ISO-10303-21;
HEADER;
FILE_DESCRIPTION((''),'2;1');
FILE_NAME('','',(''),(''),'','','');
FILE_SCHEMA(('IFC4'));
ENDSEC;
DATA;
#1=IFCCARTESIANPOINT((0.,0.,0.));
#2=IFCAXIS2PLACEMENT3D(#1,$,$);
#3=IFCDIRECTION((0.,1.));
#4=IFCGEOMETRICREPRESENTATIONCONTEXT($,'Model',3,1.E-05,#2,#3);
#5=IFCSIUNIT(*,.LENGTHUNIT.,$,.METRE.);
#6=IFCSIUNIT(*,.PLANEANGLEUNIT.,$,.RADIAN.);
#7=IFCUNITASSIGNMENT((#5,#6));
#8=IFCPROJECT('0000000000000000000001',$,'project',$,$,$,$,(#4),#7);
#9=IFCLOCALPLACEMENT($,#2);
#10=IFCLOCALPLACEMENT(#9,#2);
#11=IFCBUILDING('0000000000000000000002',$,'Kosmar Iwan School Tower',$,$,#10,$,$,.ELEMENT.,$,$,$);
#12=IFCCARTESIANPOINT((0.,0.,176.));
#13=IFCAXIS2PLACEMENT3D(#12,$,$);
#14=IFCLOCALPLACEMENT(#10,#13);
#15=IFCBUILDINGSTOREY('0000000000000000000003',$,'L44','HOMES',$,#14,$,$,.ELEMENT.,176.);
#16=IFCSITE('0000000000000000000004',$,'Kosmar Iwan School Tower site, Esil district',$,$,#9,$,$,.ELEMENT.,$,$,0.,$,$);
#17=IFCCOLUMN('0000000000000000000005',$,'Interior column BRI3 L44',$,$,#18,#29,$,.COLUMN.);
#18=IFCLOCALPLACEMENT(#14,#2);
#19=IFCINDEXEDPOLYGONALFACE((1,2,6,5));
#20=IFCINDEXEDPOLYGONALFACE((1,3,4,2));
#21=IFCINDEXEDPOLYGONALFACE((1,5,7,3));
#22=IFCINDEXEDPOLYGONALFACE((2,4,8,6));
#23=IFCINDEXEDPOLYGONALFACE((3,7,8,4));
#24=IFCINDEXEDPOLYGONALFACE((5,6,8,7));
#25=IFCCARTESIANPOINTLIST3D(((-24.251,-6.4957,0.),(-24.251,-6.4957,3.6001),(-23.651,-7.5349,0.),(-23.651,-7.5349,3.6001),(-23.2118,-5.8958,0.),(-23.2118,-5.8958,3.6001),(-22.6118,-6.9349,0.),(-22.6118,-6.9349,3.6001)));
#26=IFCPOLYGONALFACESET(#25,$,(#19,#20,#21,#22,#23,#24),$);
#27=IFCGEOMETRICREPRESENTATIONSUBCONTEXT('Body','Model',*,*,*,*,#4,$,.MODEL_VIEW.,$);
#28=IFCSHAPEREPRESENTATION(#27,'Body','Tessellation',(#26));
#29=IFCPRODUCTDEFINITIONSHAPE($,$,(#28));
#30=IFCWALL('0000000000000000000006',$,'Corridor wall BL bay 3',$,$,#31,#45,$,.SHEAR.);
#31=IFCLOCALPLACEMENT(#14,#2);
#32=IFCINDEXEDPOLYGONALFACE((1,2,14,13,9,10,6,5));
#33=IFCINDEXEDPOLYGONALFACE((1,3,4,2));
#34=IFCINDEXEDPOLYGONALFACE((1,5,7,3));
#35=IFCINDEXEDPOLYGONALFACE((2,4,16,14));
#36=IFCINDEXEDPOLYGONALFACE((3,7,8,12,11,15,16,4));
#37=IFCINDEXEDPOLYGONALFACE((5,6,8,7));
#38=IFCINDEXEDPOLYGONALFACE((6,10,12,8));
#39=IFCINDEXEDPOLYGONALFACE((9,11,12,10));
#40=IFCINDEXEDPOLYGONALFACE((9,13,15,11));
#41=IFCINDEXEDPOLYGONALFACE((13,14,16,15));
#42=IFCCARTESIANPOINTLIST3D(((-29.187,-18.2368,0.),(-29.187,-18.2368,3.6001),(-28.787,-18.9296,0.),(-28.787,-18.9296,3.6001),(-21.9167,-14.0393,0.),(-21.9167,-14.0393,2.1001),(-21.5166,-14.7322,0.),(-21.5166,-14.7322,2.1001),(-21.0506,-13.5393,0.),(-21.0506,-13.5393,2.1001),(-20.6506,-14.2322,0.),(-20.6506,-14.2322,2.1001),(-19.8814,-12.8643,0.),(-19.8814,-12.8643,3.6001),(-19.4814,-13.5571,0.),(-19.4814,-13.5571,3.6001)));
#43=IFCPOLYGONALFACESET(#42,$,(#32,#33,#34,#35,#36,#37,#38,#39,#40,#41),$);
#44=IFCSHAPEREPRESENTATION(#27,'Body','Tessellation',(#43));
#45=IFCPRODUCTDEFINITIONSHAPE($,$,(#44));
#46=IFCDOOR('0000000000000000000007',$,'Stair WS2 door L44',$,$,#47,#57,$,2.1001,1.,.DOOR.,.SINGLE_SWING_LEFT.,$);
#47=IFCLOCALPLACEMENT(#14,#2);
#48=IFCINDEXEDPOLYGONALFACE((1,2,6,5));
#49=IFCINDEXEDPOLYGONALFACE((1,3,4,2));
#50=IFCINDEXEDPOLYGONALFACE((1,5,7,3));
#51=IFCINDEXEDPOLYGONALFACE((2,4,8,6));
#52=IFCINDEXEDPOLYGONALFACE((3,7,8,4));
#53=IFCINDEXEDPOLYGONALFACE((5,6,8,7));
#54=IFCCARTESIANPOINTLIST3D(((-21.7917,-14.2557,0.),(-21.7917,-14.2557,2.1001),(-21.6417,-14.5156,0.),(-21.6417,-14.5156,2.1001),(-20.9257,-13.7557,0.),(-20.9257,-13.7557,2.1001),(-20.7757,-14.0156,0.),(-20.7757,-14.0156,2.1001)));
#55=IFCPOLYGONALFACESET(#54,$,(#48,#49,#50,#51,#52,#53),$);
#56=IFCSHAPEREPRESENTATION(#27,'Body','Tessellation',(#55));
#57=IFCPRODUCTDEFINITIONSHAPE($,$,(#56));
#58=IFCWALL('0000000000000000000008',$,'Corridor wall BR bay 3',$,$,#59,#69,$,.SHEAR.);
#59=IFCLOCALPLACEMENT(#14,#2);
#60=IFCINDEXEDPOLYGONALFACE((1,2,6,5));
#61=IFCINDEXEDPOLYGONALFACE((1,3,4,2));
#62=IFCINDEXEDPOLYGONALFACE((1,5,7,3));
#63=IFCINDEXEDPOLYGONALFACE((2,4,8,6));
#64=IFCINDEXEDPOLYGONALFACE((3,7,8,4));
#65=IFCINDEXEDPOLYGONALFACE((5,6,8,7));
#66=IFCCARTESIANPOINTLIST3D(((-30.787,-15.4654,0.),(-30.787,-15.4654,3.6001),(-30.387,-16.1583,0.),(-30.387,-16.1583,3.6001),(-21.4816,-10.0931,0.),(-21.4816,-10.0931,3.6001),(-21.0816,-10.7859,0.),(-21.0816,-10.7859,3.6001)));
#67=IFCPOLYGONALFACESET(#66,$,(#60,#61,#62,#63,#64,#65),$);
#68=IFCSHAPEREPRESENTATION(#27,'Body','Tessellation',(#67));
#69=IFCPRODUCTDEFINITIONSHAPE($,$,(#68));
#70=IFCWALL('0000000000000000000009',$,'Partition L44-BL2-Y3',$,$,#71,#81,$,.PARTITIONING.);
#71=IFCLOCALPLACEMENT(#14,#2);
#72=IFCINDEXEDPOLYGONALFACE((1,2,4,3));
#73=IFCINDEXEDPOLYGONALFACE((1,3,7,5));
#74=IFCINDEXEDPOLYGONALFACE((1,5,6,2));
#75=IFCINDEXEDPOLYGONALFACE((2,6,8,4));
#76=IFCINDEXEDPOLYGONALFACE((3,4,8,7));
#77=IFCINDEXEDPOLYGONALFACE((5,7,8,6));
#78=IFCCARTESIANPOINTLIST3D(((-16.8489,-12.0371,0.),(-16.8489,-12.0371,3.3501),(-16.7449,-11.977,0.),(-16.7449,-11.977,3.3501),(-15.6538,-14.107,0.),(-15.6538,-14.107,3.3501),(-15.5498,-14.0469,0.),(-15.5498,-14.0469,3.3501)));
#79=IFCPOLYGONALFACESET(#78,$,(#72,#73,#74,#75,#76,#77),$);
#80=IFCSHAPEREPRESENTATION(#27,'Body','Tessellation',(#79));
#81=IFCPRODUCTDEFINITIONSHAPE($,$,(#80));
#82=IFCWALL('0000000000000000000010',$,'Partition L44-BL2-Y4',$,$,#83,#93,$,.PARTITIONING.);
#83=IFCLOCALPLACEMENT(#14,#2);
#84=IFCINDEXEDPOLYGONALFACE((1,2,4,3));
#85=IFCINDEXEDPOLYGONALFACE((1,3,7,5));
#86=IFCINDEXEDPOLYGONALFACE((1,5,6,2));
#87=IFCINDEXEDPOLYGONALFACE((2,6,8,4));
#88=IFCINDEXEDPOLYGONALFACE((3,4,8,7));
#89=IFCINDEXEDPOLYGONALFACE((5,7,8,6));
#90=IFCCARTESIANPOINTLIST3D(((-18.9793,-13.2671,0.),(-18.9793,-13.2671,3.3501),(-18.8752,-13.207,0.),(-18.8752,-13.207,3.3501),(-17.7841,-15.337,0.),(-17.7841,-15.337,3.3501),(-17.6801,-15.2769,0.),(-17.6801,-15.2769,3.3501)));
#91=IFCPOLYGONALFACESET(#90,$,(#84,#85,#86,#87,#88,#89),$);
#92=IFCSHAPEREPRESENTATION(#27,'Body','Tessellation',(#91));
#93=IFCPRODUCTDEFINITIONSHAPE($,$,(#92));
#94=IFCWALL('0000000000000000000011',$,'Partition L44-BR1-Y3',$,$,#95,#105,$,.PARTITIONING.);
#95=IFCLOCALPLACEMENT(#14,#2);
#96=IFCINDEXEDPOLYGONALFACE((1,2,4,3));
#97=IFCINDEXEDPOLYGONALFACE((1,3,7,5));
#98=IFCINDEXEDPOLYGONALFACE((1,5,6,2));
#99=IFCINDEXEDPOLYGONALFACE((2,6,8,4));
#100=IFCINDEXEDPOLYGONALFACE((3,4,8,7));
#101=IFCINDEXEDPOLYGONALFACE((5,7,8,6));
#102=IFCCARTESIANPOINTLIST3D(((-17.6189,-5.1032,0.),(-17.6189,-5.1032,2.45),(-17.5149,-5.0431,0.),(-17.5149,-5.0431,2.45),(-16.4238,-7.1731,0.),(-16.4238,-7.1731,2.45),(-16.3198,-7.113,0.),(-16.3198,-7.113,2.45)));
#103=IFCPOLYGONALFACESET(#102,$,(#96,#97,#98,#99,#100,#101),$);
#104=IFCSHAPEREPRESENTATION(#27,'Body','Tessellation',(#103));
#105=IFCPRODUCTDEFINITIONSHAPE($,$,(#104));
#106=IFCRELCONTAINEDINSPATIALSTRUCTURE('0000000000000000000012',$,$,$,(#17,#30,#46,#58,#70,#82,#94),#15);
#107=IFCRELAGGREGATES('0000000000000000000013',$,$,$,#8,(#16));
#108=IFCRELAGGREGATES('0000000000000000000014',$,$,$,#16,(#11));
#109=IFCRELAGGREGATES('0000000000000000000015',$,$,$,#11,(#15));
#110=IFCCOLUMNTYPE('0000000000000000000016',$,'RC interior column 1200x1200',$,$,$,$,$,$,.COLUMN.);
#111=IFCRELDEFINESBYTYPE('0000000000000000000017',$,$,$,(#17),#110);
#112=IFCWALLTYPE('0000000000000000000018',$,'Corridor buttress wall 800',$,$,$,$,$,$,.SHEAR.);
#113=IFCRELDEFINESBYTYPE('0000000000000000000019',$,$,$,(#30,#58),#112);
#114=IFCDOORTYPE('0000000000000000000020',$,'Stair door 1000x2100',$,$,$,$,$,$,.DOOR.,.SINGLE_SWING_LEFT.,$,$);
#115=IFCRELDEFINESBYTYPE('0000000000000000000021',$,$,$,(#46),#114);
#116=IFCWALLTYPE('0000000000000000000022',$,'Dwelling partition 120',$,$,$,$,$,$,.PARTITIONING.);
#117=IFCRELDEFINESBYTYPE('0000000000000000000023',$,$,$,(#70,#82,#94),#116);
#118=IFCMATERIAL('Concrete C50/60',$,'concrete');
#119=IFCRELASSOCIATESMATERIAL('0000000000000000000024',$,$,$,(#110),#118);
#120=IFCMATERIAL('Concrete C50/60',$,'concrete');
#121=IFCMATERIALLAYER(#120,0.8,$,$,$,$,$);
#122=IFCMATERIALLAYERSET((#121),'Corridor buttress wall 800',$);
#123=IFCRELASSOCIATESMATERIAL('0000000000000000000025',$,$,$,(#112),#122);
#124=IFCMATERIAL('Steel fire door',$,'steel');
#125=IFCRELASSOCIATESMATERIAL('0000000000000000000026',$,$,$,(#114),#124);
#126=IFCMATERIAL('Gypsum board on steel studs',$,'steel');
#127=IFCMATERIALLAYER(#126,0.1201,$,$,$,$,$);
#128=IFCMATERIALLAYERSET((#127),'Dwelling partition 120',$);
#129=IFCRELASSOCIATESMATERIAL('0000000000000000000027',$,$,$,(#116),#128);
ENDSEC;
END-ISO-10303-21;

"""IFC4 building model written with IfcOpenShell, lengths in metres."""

from ifc_helpers import new_model, si_unit, direction, frame, frame_2d, origin, origin_2d, place, context, subcontext, project, spatial, rectangle, extrude, material, layer, layer_set, material_profile, profile_set, type_object, element, fill, save


model = new_model("IFC4")

# Units and contexts
model_context = context("Model", 3, precision=1e-05, world=origin(), true_north=direction((0.0, 1.0)))
body_context = subcontext(model_context, "Body", "Model", "MODEL_VIEW")
ifc_project = project(units=[si_unit("LENGTHUNIT", "METRE"), si_unit("PLANEANGLEUNIT", "RADIAN")], contexts=[model_context])

# Site, building, storey
site_placement = place(None, origin())
site = spatial("IfcSite", under=ifc_project, at=site_placement, Name="Kosmar Iwan School Tower site, Esil district", CompositionType="ELEMENT", RefElevation=0.0)
building_placement = place(site_placement, origin())
building = spatial("IfcBuilding", under=site, at=building_placement, Name="Kosmar Iwan School Tower", CompositionType="ELEMENT")
storey_placement = place(building_placement, frame((0.0, 0.0, 176.0)))
storey = spatial("IfcBuildingStorey", under=building, at=storey_placement, Name="L44", Description="HOMES", CompositionType="ELEMENT", Elevation=176.0)

# Column
ifc_material_1 = material(Name="Concrete C50/60", Category="concrete")
ifc_material_profile = material_profile(ifc_material_1, rectangle(XDim=1.2, YDim=1.2, at=origin_2d()), Name="RC 1200x1200")
ifc_profile_set = profile_set([ifc_material_profile], Name="Concrete C50/60")
column_type = type_object("IfcColumnType", Name="RC interior column 1200x1200", PredefinedType="COLUMN", material=ifc_profile_set)
column_placement = place(storey_placement, frame((-23.4314, -6.7153, 0.0), z_axis=(0.0, 0.0, 1.0), x_axis=(-0.866025, -0.5, 0.0)))
element("IfcColumn", 1, at=column_placement, inside=storey, type_object=column_type, Name="Interior column BRI3 L44", PredefinedType="COLUMN", context=body_context, shape_type="SweptSolid", body=[
    extrude(rectangle(XDim=1.2, YDim=1.2, at=origin_2d()), origin(), (0.0, 0.0, 1.0), 3.6001),
])

# Wall, opening, door
ifc_material_2 = material(Name="Concrete C50/60", Category="concrete")
ifc_layer_1 = layer(ifc_material_2, 0.8)
ifc_layer_set_1 = layer_set([ifc_layer_1], Name="Corridor buttress wall 800")
wall_type_1 = type_object("IfcWallType", Name="Corridor buttress wall 800", PredefinedType="SHEAR", material=ifc_layer_set_1)
wall_1_placement = place(storey_placement, frame((-19.6814, -13.2107, 0.0), z_axis=(0.0, 0.0, 1.0), x_axis=(-0.866028, -0.499995, 0.0)))
wall_1 = element("IfcWall", 2, at=wall_1_placement, inside=storey, type_object=wall_type_1, Name="Corridor wall BL bay 3", PredefinedType="SHEAR", context=body_context, shape_type="SweptSolid", body=[
    extrude(rectangle(XDim=10.7451, YDim=0.8, at=frame_2d((5.3726, 0.0))), origin(), (0.0, 0.0, 1.0), 3.6001),
])
opening_1_placement = place(wall_1_placement, frame((1.3501, 0.0, 0.0)))
opening_1 = element("IfcOpeningElement", 3, at=opening_1_placement, cuts=wall_1, PredefinedType="OPENING", context=body_context, shape_type="SweptSolid", body=[
    extrude(rectangle(XDim=1.0, YDim=2.1001, at=frame_2d((0.5, 1.05))), frame((0.0, 0.4121, 0.0), z_axis=(0.0, -1.0, 0.0), x_axis=(1.0, 0.0, 0.0)), (0.0, 0.0, 1.0), 0.824),
])
ifc_material_3 = material(Name="Steel fire door", Category="steel")
door_type_1 = type_object("IfcDoorType", Name="Stair door 1000x2100", OperationType="SINGLE_SWING_LEFT", PredefinedType="DOOR", material=ifc_material_3)
door_1_placement = place(opening_1_placement, origin())
door_1 = element("IfcDoor", 4, at=door_1_placement, inside=storey, type_object=door_type_1, Name="Stair WS2 door L44", OperationType="SINGLE_SWING_LEFT", OverallHeight=2.1001, OverallWidth=1.0, PredefinedType="DOOR", context=body_context, shape_type="SweptSolid", body=[
    extrude(rectangle(XDim=1.0, YDim=2.1001, at=frame_2d((0.5, 1.05))), frame((0.0, 0.1499, 0.0), z_axis=(0.0, -1.0, 0.0), x_axis=(1.0, 0.0, 0.0)), (0.0, 0.0, 1.0), 0.3),
])
fill(opening_1, door_1)

# Walls
wall_2_placement = place(storey_placement, frame((-21.2815, -10.4395, 0.0), z_axis=(0.0, 0.0, 1.0), x_axis=(-0.866032, -0.499988, 0.0)))
element("IfcWall", 5, at=wall_2_placement, inside=storey, type_object=wall_type_1, Name="Corridor wall BR bay 3", PredefinedType="SHEAR", context=body_context, shape_type="SweptSolid", body=[
    extrude(rectangle(XDim=10.7449, YDim=0.8, at=frame_2d((5.3726, 0.0))), origin(), (0.0, 0.0, 1.0), 3.6001),
])
ifc_material_4 = material(Name="Gypsum board on steel studs", Category="steel")
ifc_layer_2 = layer(ifc_material_4, 0.1201)
ifc_layer_set_2 = layer_set([ifc_layer_2], Name="Dwelling partition 120")
wall_type_2 = type_object("IfcWallType", Name="Dwelling partition 120", PredefinedType="PARTITIONING", material=ifc_layer_set_2)
for number, where, z_axis, x_axis, name in (
    (6, (-16.7969, -12.0071, 0.0), (0.0, 0.0, 1.0), (0.500017, -0.866015, 0.0), "Partition L44-BL2-Y3"),
    (7, (-18.9272, -13.2371, 0.0), (0.0, 0.0, 1.0), (0.500017, -0.866015, 0.0), "Partition L44-BL2-Y4"),
):
    element("IfcWall", number, at=place(storey_placement, frame(where, z_axis=z_axis, x_axis=x_axis)), inside=storey, type_object=wall_type_2, Name=name, PredefinedType="PARTITIONING", context=body_context, shape_type="SweptSolid", body=[
        extrude(rectangle(XDim=2.3901, YDim=0.1201, at=frame_2d((1.1951, 0.0))), origin(), (0.0, 0.0, 1.0), 3.3501),
    ])
wall_3_placement = place(storey_placement, frame((-16.3718, -7.1431, 0.0), z_axis=(0.0, 0.0, 1.0), x_axis=(-0.500017, 0.866015, 0.0)))
element("IfcWall", 8, at=wall_3_placement, inside=storey, type_object=wall_type_2, Name="Partition L44-BR1-Y3", PredefinedType="PARTITIONING", context=body_context, shape_type="SweptSolid", body=[
    extrude(rectangle(XDim=2.3901, YDim=0.1201, at=frame_2d((1.1951, 0.0))), origin(), (0.0, 0.0, 1.0), 2.45),
])

save(model, "model.ifc")
